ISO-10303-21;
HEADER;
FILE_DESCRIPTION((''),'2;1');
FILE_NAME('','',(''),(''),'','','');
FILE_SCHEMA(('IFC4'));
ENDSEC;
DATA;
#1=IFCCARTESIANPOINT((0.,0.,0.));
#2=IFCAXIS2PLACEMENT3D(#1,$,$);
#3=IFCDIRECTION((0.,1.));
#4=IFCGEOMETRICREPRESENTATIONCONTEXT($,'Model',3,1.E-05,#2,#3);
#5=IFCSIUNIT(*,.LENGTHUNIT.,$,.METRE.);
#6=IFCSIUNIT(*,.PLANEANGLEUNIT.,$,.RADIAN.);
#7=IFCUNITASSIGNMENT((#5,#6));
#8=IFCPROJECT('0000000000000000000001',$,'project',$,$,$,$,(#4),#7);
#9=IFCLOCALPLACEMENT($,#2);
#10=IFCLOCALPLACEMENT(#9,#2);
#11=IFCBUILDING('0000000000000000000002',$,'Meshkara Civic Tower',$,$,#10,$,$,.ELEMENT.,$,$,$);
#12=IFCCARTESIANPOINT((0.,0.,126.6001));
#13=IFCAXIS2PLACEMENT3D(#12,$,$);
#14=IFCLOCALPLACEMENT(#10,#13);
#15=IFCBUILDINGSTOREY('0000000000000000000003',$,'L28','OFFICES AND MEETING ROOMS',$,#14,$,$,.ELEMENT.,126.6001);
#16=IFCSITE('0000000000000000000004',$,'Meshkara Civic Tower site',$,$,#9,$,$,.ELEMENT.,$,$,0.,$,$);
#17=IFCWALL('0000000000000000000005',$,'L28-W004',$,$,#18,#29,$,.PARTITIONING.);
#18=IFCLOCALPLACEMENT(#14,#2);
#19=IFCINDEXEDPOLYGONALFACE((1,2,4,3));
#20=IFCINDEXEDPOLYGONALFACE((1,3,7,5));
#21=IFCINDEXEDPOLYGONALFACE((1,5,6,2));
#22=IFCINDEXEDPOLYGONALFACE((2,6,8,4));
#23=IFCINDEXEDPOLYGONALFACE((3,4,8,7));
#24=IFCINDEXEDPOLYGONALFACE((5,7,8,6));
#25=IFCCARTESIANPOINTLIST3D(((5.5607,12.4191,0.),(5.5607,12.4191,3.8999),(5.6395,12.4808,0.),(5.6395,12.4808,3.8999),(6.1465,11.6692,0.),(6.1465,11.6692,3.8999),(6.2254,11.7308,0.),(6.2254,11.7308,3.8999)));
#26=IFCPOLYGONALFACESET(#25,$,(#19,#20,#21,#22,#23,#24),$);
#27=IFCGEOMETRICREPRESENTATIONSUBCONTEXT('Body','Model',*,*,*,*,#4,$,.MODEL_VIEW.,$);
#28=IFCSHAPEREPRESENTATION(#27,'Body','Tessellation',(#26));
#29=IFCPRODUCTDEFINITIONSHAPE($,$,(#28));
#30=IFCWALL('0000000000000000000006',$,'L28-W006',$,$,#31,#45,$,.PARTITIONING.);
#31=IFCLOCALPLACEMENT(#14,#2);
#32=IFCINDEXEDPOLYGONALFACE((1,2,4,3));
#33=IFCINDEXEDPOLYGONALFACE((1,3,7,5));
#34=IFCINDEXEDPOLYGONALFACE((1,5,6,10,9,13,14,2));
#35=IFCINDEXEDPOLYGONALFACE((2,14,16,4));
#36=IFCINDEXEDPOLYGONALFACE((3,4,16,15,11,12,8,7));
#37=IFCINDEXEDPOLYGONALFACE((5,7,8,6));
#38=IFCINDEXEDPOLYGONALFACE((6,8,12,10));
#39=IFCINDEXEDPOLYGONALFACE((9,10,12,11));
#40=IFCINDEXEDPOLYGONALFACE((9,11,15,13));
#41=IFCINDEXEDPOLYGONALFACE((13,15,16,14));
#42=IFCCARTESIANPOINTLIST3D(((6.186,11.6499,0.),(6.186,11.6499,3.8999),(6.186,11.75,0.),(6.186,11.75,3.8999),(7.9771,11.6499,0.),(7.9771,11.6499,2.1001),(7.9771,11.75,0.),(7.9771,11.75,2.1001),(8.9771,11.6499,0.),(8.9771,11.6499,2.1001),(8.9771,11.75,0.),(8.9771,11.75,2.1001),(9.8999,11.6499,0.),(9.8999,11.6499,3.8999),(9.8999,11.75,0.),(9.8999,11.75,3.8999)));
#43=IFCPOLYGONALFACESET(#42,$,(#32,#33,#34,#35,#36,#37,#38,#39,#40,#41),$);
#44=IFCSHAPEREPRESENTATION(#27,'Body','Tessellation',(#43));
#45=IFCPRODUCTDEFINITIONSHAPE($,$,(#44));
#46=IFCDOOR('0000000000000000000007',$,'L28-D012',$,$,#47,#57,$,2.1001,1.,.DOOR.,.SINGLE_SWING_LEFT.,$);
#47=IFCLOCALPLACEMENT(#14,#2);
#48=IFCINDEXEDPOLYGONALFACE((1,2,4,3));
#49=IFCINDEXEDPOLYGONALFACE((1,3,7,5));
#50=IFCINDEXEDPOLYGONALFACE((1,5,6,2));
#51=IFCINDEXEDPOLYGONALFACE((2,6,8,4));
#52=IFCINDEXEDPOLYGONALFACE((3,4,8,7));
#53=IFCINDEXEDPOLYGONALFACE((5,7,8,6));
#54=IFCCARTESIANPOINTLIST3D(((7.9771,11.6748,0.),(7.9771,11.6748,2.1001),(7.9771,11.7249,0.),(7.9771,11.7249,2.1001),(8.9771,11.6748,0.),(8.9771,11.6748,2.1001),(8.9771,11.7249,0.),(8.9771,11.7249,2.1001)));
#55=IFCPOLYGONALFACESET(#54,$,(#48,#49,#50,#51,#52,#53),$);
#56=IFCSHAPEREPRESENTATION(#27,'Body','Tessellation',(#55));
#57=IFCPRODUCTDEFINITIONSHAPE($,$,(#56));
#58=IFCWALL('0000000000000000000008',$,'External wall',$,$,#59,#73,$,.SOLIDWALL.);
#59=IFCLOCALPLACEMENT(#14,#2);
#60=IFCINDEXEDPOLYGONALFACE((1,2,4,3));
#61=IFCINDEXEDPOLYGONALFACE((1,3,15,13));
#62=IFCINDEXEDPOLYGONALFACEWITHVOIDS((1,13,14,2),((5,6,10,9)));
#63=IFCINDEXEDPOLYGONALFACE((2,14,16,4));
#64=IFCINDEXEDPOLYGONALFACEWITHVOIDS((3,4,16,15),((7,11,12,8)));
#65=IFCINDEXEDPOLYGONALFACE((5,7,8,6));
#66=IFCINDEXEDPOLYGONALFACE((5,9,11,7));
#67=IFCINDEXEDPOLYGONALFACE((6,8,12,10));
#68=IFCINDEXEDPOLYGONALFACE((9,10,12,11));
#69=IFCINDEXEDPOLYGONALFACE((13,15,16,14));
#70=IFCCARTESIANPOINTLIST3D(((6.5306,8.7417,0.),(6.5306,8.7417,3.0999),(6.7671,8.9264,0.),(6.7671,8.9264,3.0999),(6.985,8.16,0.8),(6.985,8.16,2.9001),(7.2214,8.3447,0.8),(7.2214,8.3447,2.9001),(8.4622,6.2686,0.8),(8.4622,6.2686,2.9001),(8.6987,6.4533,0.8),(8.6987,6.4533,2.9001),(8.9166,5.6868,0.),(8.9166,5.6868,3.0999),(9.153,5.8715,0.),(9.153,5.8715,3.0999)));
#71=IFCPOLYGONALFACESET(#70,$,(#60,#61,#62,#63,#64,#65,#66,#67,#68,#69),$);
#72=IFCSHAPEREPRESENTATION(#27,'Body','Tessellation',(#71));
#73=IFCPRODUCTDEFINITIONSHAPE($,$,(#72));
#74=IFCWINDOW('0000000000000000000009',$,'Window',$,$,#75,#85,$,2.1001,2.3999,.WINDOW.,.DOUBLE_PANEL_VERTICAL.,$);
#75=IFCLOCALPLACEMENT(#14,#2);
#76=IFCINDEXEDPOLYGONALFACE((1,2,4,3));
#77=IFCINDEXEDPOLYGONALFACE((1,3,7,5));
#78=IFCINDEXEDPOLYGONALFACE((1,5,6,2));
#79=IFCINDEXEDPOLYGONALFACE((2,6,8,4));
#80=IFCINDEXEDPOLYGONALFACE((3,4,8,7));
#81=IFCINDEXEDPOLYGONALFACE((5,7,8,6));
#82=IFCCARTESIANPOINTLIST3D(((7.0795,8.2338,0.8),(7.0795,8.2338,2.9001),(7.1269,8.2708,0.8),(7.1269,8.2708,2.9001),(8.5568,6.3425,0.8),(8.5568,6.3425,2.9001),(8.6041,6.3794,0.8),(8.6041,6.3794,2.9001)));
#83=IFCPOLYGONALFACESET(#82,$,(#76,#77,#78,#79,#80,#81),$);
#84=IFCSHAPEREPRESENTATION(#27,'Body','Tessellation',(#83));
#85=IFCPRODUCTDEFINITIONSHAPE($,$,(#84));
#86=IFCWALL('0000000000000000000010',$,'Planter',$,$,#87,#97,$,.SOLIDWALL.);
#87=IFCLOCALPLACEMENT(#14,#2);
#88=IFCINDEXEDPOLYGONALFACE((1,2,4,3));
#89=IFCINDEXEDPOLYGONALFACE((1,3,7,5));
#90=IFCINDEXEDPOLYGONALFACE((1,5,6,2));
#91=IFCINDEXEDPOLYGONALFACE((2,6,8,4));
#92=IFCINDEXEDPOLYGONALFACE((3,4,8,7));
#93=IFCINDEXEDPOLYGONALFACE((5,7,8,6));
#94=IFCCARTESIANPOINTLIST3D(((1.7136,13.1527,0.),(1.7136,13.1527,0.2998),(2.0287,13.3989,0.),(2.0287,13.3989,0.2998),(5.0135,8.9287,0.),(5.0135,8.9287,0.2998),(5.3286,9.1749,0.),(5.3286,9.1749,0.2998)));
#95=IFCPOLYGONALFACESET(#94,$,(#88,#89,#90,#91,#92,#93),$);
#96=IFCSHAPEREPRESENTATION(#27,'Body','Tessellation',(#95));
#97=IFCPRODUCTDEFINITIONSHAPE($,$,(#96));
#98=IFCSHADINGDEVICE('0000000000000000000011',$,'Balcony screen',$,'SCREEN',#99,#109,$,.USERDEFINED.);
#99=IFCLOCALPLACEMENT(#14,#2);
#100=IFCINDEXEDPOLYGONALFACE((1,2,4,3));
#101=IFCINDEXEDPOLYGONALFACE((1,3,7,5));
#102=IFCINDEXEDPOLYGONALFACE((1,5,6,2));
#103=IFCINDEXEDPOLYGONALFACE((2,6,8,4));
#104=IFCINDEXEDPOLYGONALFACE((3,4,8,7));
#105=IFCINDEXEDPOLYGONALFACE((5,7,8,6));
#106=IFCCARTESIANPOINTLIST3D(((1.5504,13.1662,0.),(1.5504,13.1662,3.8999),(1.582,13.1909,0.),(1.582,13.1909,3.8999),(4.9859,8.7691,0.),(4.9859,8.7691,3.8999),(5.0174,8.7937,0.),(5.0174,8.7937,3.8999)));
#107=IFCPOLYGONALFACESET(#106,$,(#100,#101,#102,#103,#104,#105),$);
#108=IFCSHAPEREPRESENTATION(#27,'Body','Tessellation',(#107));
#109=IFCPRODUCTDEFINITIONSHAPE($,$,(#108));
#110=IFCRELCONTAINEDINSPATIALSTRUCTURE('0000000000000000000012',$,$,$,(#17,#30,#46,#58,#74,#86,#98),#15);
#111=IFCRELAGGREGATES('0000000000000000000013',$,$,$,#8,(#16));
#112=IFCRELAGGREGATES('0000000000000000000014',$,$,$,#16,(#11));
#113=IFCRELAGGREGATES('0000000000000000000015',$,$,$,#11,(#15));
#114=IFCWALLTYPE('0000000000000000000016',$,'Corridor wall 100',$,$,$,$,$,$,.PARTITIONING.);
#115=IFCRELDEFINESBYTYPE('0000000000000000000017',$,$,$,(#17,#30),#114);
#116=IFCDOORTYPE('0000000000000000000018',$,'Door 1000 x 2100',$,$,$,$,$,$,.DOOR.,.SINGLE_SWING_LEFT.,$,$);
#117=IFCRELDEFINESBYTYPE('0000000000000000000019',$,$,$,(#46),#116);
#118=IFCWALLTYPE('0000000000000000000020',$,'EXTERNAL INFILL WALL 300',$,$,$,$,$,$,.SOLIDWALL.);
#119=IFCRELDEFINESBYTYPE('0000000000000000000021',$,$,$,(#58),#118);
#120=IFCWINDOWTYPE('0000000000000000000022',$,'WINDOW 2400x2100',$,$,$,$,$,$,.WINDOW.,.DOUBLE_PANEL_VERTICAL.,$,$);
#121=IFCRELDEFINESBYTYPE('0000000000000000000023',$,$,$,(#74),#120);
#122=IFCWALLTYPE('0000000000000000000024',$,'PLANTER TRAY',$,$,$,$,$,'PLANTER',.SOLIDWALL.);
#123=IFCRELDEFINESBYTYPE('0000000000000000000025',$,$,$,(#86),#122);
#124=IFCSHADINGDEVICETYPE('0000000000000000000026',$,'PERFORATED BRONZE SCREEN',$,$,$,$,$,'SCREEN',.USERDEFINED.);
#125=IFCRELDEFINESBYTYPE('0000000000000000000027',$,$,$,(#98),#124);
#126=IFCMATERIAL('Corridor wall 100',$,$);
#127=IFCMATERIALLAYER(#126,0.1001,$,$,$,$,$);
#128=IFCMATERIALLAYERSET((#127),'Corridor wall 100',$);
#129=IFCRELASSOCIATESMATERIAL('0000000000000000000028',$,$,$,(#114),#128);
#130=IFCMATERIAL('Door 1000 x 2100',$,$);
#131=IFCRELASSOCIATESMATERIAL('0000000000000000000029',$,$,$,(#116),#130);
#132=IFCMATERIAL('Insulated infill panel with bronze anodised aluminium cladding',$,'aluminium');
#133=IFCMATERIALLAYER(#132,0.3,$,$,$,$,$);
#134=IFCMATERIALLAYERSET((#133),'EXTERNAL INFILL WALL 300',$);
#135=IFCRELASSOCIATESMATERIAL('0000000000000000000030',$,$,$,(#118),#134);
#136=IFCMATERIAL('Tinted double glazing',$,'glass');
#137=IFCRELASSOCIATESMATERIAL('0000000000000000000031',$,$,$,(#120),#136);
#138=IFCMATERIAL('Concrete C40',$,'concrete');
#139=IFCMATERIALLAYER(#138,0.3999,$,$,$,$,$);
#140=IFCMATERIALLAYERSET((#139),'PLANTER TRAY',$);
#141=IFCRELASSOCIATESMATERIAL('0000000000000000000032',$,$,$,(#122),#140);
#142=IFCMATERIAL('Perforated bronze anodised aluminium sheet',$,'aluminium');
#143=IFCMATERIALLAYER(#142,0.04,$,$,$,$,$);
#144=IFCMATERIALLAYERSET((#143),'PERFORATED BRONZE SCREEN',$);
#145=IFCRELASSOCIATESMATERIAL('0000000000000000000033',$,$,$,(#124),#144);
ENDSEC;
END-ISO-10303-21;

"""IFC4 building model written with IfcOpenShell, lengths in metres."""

from ifc_helpers import new_model, si_unit, direction, frame, frame_2d, origin, origin_2d, place, context, subcontext, project, spatial, rectangle, extrude, material, layer, layer_set, type_object, element, fill, save


model = new_model("IFC4")

# Units and contexts
model_context = context("Model", 3, precision=1e-05, world=origin(), true_north=direction((0.0, 1.0)))
body_context = subcontext(model_context, "Body", "Model", "MODEL_VIEW")
ifc_project = project(units=[si_unit("LENGTHUNIT", "METRE"), si_unit("PLANEANGLEUNIT", "RADIAN")], contexts=[model_context])

# Site, building, storey
site_placement = place(None, origin())
site = spatial("IfcSite", under=ifc_project, at=site_placement, Name="Meshkara Civic Tower site", CompositionType="ELEMENT", RefElevation=0.0)
building_placement = place(site_placement, origin())
building = spatial("IfcBuilding", under=site, at=building_placement, Name="Meshkara Civic Tower", CompositionType="ELEMENT")
storey_placement = place(building_placement, frame((0.0, 0.0, 126.6001)))
storey = spatial("IfcBuildingStorey", under=building, at=storey_placement, Name="L28", Description="OFFICES AND MEETING ROOMS", CompositionType="ELEMENT", Elevation=126.6001)

# Shared definitions
ifc_material_1 = material(Name="Corridor wall 100")
ifc_layer_1 = layer(ifc_material_1, 0.1001)
ifc_layer_set_1 = layer_set([ifc_layer_1], Name="Corridor wall 100")
wall_type_1 = type_object("IfcWallType", Name="Corridor wall 100", PredefinedType="PARTITIONING", material=ifc_layer_set_1)
ifc_material_2 = material(Name="Door 1000 x 2100")
door_type = type_object("IfcDoorType", Name="Door 1000 x 2100", OperationType="SINGLE_SWING_LEFT", PredefinedType="DOOR", material=ifc_material_2)

# Wall
wall_1_placement = place(storey_placement, frame((5.6001, 12.45, 0.0), z_axis=(0.0, 0.0, 1.0), x_axis=(0.615644, -0.788024, 0.0)))
element("IfcWall", 1, at=wall_1_placement, inside=storey, type_object=wall_type_1, Name="L28-W004", PredefinedType="PARTITIONING", context=body_context, shape_type="SweptSolid", body=[
    extrude(rectangle(XDim=0.9517, YDim=0.1001, at=frame_2d((0.4758, 0.0))), origin(), (0.0, 0.0, 1.0), 3.8999),
])

# Wall, opening, door
wall_2_placement = place(storey_placement, frame((6.186, 11.7, 0.0), z_axis=(0.0, 0.0, 1.0), x_axis=(1.0, 0.0, 0.0)))
wall_2 = element("IfcWall", 2, at=wall_2_placement, inside=storey, type_object=wall_type_1, Name="L28-W006", PredefinedType="PARTITIONING", context=body_context, shape_type="SweptSolid", body=[
    extrude(rectangle(XDim=3.7139, YDim=0.1001, at=frame_2d((1.8569, 0.0))), origin(), (0.0, 0.0, 1.0), 3.8999),
])
opening_1_placement = place(wall_2_placement, frame((1.791, 0.0, 0.0)))
opening_1 = element("IfcOpeningElement", 3, at=opening_1_placement, cuts=wall_2, PredefinedType="OPENING", context=body_context, shape_type="SweptSolid", body=[
    extrude(rectangle(XDim=1.0, YDim=2.1001, at=frame_2d((0.5, 1.05))), frame((0.0, 0.0601, 0.0), z_axis=(0.0, -1.0, 0.0), x_axis=(1.0, 0.0, 0.0)), (0.0, 0.0, 1.0), 0.1201),
])
door_1_placement = place(opening_1_placement, origin())
door_1 = element("IfcDoor", 4, at=door_1_placement, inside=storey, type_object=door_type, Name="L28-D012", OperationType="SINGLE_SWING_LEFT", OverallHeight=2.1001, OverallWidth=1.0, PredefinedType="DOOR", context=body_context, shape_type="SweptSolid", body=[
    extrude(rectangle(XDim=1.0, YDim=2.1001, at=frame_2d((0.5, 1.05))), frame((0.0, 0.0249, 0.0), z_axis=(0.0, -1.0, 0.0), x_axis=(1.0, 0.0, 0.0)), (0.0, 0.0, 1.0), 0.05),
])
fill(opening_1, door_1)

# Wall, opening, window
ifc_material_3 = material(Name="Insulated infill panel with bronze anodised aluminium cladding", Category="aluminium")
ifc_layer_2 = layer(ifc_material_3, 0.3)
ifc_layer_set_2 = layer_set([ifc_layer_2], Name="EXTERNAL INFILL WALL 300")
wall_type_2 = type_object("IfcWallType", Name="EXTERNAL INFILL WALL 300", PredefinedType="SOLIDWALL", material=ifc_layer_set_2)
wall_3_placement = place(storey_placement, frame((6.6489, 8.834, 0.0), z_axis=(0.0, 0.0, 1.0), x_axis=(0.615535, -0.788109, 0.0)))
wall_3 = element("IfcWall", 5, at=wall_3_placement, inside=storey, type_object=wall_type_2, Name="External wall", PredefinedType="SOLIDWALL", context=body_context, shape_type="SweptSolid", body=[
    extrude(rectangle(XDim=3.8762, YDim=0.3, at=frame_2d((1.938, 0.0))), origin(), (0.0, 0.0, 1.0), 3.0999),
])
opening_2_placement = place(wall_3_placement, frame((0.738, 0.0, 0.8)))
opening_2 = element("IfcOpeningElement", 6, at=opening_2_placement, cuts=wall_3, PredefinedType="OPENING", context=body_context, shape_type="SweptSolid", body=[
    extrude(rectangle(XDim=2.3999, YDim=2.1001, at=frame_2d((1.2, 1.05))), frame((0.0, 0.1599, 0.0), z_axis=(0.0, -1.0, 0.0), x_axis=(1.0, 0.0, 0.0)), (0.0, 0.0, 1.0), 0.3201),
])
ifc_material_4 = material(Name="Tinted double glazing", Category="glass")
window_type = type_object("IfcWindowType", Name="WINDOW 2400x2100", PartitioningType="DOUBLE_PANEL_VERTICAL", PredefinedType="WINDOW", material=ifc_material_4)
window_placement = place(opening_2_placement, origin())
window = element("IfcWindow", 7, at=window_placement, inside=storey, type_object=window_type, Name="Window", OverallHeight=2.1001, OverallWidth=2.3999, PartitioningType="DOUBLE_PANEL_VERTICAL", PredefinedType="WINDOW", context=body_context, shape_type="SweptSolid", body=[
    extrude(rectangle(XDim=2.3999, YDim=2.1001, at=frame_2d((1.2, 1.05))), frame((0.0, 0.03, 0.0), z_axis=(0.0, -1.0, 0.0), x_axis=(1.0, 0.0, 0.0)), (0.0, 0.0, 1.0), 0.0601),
])
fill(opening_2, window)

# Wall
ifc_material_5 = material(Name="Concrete C40", Category="concrete")
ifc_layer_3 = layer(ifc_material_5, 0.3999)
ifc_layer_set_3 = layer_set([ifc_layer_3], Name="PLANTER TRAY")
wall_type_3 = type_object("IfcWallType", Name="PLANTER TRAY", ElementType="PLANTER", PredefinedType="SOLIDWALL", material=ifc_layer_set_3)
wall_4_placement = place(storey_placement, frame((1.8711, 13.2759, 0.0), z_axis=(0.0, 0.0, 1.0), x_axis=(0.615633, -0.788033, 0.0)))
element("IfcWall", 8, at=wall_4_placement, inside=storey, type_object=wall_type_3, Name="Planter", PredefinedType="SOLIDWALL", context=body_context, shape_type="SweptSolid", body=[
    extrude(rectangle(XDim=5.3601, YDim=0.3999, at=frame_2d((2.6802, 0.0))), origin(), (0.0, 0.0, 1.0), 0.2998),
])

# Shading device
ifc_material_6 = material(Name="Perforated bronze anodised aluminium sheet", Category="aluminium")
ifc_layer_4 = layer(ifc_material_6, 0.04)
ifc_layer_set_4 = layer_set([ifc_layer_4], Name="PERFORATED BRONZE SCREEN")
shading_device_type = type_object("IfcShadingDeviceType", Name="PERFORATED BRONZE SCREEN", ElementType="SCREEN", PredefinedType="USERDEFINED", material=ifc_layer_set_4)
shading_device_placement = place(storey_placement, frame((3.2839, 10.98, 0.0), z_axis=(0.0, 0.0, 1.0), x_axis=(0.615661, -0.788011, 0.0)))
element("IfcShadingDevice", 9, at=shading_device_placement, inside=storey, type_object=shading_device_type, Name="Balcony screen", ObjectType="SCREEN", PredefinedType="USERDEFINED", context=body_context, shape_type="SweptSolid", body=[
    extrude(rectangle(XDim=5.5801, YDim=0.04, at=origin_2d()), origin(), (0.0, 0.0, 1.0), 3.8999),
])

save(model, "model.ifc")
